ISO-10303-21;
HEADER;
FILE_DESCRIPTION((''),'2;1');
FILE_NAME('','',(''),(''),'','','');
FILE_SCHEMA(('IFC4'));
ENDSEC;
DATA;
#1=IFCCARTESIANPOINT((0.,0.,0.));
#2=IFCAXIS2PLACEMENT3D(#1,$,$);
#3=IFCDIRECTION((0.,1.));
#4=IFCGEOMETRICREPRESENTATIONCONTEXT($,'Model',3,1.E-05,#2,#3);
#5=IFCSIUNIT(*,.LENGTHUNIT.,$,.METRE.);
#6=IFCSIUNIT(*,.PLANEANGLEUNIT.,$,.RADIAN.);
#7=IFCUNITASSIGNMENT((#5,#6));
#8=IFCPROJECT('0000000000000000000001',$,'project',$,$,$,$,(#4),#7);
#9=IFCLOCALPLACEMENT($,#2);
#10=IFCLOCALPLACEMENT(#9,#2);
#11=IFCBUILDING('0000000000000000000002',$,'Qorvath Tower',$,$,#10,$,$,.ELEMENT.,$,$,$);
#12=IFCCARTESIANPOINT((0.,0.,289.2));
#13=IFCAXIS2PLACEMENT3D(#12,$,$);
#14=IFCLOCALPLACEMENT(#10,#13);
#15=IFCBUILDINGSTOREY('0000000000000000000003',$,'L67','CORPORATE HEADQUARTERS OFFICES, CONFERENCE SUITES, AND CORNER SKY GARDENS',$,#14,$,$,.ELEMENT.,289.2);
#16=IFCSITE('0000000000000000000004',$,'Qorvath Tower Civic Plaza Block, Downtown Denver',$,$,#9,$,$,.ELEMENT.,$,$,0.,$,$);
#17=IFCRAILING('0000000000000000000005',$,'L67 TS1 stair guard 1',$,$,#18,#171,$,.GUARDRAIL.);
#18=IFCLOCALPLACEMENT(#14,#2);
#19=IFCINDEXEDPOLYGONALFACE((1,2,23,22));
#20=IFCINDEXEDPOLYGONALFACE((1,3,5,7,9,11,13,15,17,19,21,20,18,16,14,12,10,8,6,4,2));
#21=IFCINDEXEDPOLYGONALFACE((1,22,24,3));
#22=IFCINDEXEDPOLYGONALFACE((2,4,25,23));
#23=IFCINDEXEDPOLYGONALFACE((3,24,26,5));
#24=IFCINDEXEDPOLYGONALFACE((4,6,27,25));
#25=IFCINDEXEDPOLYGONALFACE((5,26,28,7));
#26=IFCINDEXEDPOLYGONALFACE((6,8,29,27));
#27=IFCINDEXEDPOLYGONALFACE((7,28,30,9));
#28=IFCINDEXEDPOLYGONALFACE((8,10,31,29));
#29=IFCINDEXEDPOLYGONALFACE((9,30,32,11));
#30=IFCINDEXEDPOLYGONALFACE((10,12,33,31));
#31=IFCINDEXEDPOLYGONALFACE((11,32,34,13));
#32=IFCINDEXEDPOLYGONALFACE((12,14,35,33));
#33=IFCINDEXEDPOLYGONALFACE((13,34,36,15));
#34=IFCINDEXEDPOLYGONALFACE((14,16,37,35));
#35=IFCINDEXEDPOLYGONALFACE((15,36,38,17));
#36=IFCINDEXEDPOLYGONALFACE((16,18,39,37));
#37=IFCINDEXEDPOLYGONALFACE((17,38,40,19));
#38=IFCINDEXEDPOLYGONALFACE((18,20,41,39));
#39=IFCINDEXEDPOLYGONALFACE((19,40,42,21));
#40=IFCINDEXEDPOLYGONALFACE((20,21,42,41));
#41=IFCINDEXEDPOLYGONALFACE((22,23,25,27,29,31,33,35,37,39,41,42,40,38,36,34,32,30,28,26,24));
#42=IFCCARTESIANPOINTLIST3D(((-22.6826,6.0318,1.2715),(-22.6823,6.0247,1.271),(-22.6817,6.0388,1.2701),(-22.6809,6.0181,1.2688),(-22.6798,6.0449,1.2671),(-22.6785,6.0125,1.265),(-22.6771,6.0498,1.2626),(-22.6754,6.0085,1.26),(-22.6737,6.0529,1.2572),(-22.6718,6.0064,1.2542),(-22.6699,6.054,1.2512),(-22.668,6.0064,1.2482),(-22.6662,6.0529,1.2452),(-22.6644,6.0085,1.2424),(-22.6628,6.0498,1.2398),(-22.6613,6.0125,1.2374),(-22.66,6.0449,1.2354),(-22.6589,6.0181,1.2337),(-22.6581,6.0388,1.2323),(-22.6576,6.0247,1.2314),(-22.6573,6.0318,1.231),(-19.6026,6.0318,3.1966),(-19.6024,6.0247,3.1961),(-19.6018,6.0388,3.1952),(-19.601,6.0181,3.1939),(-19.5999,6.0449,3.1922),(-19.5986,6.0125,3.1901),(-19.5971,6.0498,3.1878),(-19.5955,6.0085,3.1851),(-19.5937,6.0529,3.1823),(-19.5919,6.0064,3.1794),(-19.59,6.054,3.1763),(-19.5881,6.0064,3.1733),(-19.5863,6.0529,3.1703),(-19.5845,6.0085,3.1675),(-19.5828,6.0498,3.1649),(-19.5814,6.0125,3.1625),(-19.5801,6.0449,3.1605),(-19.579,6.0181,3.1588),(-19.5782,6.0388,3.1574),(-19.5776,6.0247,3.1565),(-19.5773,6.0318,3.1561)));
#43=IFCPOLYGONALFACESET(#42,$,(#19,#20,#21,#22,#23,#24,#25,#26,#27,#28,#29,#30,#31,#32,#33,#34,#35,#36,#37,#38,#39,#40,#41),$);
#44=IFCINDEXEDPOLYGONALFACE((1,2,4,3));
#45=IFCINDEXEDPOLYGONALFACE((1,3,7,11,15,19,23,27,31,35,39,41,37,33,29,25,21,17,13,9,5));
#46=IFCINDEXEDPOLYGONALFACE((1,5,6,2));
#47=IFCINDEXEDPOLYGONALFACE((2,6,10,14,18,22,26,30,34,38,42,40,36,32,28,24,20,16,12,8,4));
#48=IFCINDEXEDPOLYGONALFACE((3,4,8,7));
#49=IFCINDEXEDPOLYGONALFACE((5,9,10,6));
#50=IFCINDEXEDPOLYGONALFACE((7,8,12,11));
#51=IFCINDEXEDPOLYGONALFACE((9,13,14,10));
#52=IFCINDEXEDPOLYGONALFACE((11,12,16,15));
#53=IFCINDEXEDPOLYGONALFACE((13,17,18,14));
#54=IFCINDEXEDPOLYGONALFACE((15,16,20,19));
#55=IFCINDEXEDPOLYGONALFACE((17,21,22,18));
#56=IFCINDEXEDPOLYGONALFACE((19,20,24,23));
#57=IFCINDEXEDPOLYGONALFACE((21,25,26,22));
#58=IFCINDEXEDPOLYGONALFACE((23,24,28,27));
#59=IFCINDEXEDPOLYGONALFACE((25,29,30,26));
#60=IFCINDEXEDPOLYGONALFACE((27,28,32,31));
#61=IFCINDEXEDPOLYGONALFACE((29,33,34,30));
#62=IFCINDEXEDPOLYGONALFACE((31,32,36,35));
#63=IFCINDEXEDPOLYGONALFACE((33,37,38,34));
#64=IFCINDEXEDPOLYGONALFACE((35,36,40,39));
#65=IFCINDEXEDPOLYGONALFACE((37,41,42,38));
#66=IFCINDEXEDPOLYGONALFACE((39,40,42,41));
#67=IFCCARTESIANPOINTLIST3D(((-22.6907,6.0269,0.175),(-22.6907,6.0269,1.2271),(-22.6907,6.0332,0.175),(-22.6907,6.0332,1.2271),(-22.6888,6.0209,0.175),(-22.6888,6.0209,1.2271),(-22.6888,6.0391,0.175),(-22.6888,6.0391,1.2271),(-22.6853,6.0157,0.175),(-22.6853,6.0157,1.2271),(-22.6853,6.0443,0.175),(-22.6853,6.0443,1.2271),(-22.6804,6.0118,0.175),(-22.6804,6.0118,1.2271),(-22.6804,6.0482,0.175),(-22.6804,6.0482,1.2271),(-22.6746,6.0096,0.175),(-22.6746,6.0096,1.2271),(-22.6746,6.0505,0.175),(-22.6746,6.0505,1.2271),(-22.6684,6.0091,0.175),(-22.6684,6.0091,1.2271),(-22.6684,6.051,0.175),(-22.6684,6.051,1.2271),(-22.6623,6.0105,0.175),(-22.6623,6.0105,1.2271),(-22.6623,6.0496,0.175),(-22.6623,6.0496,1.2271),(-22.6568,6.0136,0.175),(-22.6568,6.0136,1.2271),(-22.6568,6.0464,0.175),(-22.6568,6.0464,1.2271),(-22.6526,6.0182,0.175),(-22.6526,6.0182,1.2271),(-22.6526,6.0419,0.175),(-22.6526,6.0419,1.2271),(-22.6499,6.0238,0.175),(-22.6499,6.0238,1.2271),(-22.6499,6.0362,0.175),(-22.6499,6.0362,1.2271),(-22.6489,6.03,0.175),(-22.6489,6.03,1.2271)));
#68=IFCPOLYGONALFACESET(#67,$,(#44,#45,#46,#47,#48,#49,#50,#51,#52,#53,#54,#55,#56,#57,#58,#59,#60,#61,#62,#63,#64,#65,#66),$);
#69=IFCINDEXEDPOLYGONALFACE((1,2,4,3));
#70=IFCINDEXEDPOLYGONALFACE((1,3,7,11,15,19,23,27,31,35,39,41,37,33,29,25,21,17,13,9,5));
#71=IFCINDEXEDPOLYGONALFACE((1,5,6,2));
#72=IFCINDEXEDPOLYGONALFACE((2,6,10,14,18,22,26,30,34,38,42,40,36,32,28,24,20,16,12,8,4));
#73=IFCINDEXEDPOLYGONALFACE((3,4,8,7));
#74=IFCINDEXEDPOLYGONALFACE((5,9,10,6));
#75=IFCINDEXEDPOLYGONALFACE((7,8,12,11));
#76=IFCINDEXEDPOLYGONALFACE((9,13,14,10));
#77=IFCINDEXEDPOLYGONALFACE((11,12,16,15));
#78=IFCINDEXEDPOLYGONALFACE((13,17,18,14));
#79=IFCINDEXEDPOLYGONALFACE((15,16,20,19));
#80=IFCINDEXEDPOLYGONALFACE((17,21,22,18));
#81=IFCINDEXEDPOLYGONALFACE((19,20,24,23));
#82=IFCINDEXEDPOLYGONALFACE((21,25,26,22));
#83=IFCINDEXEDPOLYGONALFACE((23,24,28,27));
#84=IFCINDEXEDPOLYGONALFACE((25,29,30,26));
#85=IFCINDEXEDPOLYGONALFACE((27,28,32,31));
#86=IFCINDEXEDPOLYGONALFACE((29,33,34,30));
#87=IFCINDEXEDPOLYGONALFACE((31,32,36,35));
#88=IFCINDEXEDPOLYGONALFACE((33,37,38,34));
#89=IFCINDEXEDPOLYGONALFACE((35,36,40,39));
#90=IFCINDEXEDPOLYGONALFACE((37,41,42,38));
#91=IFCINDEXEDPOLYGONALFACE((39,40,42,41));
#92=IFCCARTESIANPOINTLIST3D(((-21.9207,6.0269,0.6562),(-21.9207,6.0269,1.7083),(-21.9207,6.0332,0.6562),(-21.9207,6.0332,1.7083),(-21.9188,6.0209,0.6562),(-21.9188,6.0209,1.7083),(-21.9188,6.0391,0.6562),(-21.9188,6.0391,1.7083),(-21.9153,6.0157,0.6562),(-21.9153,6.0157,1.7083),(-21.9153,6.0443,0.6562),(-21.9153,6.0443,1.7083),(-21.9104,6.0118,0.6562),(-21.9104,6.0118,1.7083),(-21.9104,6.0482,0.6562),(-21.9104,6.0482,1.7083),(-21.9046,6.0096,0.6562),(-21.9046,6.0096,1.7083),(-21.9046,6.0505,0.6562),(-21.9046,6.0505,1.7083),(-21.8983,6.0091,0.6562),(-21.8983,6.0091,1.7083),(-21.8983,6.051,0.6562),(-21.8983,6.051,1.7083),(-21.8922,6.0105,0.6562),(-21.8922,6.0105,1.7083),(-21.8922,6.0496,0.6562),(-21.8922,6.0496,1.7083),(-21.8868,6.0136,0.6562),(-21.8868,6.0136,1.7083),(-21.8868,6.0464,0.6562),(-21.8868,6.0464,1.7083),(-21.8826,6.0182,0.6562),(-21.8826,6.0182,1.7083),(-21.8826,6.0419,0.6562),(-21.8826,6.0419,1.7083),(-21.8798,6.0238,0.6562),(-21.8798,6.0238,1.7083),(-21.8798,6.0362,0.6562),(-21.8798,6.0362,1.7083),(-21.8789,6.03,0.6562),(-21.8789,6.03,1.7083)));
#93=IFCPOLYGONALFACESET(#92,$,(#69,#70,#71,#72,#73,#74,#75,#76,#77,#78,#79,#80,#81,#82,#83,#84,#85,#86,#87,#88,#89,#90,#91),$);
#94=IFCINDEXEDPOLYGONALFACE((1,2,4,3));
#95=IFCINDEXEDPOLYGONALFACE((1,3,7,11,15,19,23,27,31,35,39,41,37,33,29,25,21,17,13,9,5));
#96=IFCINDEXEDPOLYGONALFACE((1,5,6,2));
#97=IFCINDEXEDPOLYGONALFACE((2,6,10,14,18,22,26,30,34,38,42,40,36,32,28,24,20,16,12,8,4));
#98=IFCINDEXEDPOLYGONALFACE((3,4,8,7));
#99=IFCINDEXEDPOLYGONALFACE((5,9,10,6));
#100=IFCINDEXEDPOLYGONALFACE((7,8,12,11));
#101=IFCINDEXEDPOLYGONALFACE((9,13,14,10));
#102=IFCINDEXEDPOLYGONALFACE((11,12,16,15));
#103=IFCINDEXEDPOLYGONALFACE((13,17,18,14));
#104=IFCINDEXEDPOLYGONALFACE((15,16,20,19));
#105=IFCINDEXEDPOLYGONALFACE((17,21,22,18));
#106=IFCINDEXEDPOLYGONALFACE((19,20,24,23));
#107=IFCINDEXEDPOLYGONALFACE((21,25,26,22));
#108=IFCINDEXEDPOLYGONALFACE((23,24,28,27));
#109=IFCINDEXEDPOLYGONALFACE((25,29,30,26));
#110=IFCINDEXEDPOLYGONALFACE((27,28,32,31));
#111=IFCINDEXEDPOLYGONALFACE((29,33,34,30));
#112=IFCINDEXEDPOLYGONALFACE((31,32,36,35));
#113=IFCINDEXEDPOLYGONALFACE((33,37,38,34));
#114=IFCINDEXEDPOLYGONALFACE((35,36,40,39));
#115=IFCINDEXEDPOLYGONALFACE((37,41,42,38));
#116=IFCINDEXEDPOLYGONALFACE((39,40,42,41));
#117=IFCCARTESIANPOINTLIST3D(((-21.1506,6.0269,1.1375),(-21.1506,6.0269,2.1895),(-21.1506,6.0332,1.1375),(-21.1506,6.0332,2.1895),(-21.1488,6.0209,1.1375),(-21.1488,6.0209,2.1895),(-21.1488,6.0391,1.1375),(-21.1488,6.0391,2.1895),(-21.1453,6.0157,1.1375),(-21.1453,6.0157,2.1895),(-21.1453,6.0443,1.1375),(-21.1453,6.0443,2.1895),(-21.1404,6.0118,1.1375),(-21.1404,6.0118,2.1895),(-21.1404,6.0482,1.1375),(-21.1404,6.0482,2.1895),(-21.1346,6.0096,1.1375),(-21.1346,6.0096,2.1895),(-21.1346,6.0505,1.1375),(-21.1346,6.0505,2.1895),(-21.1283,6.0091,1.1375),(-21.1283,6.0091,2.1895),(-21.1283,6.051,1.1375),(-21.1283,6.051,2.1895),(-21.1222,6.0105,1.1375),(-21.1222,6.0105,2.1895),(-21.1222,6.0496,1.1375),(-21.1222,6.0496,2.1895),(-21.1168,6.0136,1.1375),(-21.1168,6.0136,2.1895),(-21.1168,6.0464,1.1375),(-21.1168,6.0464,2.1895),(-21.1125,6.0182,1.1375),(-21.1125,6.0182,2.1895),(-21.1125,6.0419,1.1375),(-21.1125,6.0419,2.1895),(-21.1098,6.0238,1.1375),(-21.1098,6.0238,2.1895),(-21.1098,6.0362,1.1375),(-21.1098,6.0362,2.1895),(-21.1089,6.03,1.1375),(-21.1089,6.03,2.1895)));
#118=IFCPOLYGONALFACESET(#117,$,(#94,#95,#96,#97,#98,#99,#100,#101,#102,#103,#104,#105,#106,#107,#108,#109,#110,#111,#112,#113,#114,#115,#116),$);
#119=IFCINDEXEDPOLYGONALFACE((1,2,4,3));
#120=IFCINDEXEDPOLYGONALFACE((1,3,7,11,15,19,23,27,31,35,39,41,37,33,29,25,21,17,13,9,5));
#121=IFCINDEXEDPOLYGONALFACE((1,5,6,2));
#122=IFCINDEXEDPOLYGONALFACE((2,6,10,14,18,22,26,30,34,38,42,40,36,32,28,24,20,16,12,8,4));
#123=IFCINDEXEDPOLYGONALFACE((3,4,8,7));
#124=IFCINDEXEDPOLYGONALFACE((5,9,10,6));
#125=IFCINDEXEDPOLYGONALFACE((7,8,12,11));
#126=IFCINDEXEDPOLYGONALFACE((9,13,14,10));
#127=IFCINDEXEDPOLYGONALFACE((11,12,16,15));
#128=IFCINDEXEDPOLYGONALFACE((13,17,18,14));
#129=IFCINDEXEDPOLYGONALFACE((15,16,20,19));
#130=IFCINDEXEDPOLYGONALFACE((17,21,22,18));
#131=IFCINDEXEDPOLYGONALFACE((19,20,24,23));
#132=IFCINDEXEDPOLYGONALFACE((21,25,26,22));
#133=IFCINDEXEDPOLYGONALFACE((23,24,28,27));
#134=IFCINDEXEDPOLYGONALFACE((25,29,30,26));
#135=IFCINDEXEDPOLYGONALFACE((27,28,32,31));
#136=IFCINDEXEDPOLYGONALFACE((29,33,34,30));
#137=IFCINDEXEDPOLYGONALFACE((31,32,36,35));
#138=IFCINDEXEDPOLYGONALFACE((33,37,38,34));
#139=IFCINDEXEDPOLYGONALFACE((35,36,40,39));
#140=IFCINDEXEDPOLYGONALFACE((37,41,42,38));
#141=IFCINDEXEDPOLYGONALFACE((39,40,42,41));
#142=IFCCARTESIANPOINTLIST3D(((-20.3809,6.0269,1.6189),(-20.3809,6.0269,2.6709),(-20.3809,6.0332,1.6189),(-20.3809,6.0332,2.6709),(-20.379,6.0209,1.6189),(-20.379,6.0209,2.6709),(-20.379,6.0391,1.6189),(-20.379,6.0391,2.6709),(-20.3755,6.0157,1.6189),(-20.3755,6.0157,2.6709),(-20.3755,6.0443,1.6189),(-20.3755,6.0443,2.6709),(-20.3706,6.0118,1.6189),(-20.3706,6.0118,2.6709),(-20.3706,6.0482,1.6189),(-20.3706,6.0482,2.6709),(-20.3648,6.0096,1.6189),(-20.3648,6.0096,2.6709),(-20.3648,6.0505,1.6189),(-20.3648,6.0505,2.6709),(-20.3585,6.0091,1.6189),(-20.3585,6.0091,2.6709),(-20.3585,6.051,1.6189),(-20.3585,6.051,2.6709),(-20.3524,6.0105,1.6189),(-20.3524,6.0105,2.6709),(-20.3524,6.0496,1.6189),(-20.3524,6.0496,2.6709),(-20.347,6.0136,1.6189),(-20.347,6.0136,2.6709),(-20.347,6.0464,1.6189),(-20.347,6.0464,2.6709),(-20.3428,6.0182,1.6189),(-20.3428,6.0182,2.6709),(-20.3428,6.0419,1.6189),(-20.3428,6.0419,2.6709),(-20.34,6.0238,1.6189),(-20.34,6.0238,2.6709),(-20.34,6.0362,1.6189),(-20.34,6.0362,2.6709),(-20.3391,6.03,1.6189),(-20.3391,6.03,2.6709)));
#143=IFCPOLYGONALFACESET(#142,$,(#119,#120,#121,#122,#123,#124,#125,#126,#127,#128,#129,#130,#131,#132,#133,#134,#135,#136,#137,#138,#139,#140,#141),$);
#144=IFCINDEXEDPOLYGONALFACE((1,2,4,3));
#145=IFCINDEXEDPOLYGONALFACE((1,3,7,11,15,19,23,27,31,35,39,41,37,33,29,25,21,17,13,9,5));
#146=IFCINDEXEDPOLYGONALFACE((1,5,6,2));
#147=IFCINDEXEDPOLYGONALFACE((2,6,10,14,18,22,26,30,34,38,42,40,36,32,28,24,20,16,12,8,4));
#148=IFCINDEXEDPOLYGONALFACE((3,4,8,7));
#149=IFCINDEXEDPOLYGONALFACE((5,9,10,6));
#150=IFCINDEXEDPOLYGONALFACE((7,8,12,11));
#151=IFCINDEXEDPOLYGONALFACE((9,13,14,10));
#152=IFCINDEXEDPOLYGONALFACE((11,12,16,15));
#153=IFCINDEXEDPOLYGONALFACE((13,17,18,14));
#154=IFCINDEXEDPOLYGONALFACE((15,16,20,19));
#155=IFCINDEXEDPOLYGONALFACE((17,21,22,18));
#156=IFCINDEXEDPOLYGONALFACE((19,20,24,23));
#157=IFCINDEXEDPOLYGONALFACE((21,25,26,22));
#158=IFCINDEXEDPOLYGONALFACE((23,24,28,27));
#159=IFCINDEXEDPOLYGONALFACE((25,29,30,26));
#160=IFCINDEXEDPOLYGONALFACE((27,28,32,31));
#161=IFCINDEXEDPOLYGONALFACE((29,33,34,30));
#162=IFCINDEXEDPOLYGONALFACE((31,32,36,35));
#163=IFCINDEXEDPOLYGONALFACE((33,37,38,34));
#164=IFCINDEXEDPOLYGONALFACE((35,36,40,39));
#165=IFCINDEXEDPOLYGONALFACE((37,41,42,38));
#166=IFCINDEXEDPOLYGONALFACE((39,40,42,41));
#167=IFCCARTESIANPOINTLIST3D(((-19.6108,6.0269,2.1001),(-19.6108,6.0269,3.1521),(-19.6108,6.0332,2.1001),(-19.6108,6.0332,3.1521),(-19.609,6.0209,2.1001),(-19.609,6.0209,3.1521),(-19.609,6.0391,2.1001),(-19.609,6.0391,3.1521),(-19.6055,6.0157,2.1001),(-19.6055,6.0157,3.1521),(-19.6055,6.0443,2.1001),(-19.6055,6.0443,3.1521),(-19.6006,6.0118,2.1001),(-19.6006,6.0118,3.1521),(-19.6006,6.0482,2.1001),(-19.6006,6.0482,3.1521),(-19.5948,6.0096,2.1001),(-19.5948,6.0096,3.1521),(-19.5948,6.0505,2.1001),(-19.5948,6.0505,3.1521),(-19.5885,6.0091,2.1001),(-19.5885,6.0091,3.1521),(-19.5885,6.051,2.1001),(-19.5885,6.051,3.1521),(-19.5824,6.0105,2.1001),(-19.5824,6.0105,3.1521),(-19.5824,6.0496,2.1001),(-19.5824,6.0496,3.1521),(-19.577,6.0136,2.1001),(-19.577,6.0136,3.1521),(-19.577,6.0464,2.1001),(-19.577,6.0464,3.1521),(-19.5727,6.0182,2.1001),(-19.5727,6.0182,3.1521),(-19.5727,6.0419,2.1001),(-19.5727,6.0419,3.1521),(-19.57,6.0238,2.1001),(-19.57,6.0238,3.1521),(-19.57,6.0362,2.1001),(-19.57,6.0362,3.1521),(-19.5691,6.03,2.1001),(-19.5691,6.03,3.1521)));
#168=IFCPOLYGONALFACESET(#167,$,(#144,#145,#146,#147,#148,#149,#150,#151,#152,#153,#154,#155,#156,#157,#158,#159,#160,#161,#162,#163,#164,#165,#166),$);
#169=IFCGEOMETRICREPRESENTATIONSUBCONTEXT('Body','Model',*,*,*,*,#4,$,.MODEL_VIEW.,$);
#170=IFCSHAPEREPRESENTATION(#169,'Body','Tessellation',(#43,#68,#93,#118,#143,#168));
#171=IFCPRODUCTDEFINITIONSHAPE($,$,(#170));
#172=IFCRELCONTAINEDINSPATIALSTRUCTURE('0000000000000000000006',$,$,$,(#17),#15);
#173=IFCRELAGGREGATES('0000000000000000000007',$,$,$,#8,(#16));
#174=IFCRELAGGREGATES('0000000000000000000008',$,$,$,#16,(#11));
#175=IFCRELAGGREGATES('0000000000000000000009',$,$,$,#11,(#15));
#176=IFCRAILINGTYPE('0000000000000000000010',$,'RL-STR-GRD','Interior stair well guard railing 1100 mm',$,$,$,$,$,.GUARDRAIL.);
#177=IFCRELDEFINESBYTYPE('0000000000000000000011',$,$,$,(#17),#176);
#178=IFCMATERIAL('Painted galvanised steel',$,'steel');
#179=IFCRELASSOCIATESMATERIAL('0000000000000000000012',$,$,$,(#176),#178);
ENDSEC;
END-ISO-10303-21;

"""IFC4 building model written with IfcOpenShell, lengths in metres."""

from ifc_helpers import new_model, si_unit, direction, frame, origin, origin_2d, place, context, subcontext, project, spatial, circle, extrude, material, type_object, element, save


model = new_model("IFC4")

# Units and contexts
model_context = context("Model", 3, precision=1e-05, world=origin(), true_north=direction((0.0, 1.0)))
body_context = subcontext(model_context, "Body", "Model", "MODEL_VIEW")
ifc_project = project(units=[si_unit("LENGTHUNIT", "METRE"), si_unit("PLANEANGLEUNIT", "RADIAN")], contexts=[model_context])

# Site, building, storey
site_placement = place(None, origin())
site = spatial("IfcSite", under=ifc_project, at=site_placement, Name="Qorvath Tower Civic Plaza Block, Downtown Denver", CompositionType="ELEMENT", RefElevation=0.0)
building_placement = place(site_placement, origin())
building = spatial("IfcBuilding", under=site, at=building_placement, Name="Qorvath Tower", CompositionType="ELEMENT")
storey_placement = place(building_placement, frame((0.0, 0.0, 289.2)))
storey = spatial("IfcBuildingStorey", under=building, at=storey_placement, Name="L67", Description="CORPORATE HEADQUARTERS OFFICES, CONFERENCE SUITES, AND CORNER SKY GARDENS", CompositionType="ELEMENT", Elevation=289.2)

# Railing
ifc_material_1 = material(Name="Painted galvanised steel", Category="steel")
railing_type_1 = type_object("IfcRailingType", Name="RL-STR-GRD", Description="Interior stair well guard railing 1100 mm", PredefinedType="GUARDRAIL", material=ifc_material_1)
railing_1_placement = place(storey_placement, frame((-22.6699, 6.03, 0.175)))
element("IfcRailing", 1, at=railing_1_placement, inside=storey, type_object=railing_type_1, Name="L67 TS1 stair guard 1", PredefinedType="GUARDRAIL", context=body_context, shape_type="SweptSolid", body=[
    extrude(circle(Radius=0.0239, at=origin_2d()), frame((0.0, 0.0, 1.0762), z_axis=(0.847979, 0.0, 0.530029), x_axis=(0.0, 1.0, 0.0)), (0.0, 0.0, 1.0), 3.6321),
    extrude(circle(Radius=0.021, at=origin_2d()), origin(), (0.0, 0.0, 1.0), 1.052),
    extrude(circle(Radius=0.021, at=origin_2d()), frame((0.77, 0.0, 0.4812)), (0.0, 0.0, 1.0), 1.052),
    extrude(circle(Radius=0.021, at=origin_2d()), frame((1.54, 0.0, 0.9624)), (0.0, 0.0, 1.0), 1.052),
    extrude(circle(Radius=0.021, at=origin_2d()), frame((2.3098, 0.0, 1.4438)), (0.0, 0.0, 1.0), 1.052),
    extrude(circle(Radius=0.021, at=origin_2d()), frame((3.0798, 0.0, 1.925)), (0.0, 0.0, 1.0), 1.052),
])

save(model, "model.ifc")
